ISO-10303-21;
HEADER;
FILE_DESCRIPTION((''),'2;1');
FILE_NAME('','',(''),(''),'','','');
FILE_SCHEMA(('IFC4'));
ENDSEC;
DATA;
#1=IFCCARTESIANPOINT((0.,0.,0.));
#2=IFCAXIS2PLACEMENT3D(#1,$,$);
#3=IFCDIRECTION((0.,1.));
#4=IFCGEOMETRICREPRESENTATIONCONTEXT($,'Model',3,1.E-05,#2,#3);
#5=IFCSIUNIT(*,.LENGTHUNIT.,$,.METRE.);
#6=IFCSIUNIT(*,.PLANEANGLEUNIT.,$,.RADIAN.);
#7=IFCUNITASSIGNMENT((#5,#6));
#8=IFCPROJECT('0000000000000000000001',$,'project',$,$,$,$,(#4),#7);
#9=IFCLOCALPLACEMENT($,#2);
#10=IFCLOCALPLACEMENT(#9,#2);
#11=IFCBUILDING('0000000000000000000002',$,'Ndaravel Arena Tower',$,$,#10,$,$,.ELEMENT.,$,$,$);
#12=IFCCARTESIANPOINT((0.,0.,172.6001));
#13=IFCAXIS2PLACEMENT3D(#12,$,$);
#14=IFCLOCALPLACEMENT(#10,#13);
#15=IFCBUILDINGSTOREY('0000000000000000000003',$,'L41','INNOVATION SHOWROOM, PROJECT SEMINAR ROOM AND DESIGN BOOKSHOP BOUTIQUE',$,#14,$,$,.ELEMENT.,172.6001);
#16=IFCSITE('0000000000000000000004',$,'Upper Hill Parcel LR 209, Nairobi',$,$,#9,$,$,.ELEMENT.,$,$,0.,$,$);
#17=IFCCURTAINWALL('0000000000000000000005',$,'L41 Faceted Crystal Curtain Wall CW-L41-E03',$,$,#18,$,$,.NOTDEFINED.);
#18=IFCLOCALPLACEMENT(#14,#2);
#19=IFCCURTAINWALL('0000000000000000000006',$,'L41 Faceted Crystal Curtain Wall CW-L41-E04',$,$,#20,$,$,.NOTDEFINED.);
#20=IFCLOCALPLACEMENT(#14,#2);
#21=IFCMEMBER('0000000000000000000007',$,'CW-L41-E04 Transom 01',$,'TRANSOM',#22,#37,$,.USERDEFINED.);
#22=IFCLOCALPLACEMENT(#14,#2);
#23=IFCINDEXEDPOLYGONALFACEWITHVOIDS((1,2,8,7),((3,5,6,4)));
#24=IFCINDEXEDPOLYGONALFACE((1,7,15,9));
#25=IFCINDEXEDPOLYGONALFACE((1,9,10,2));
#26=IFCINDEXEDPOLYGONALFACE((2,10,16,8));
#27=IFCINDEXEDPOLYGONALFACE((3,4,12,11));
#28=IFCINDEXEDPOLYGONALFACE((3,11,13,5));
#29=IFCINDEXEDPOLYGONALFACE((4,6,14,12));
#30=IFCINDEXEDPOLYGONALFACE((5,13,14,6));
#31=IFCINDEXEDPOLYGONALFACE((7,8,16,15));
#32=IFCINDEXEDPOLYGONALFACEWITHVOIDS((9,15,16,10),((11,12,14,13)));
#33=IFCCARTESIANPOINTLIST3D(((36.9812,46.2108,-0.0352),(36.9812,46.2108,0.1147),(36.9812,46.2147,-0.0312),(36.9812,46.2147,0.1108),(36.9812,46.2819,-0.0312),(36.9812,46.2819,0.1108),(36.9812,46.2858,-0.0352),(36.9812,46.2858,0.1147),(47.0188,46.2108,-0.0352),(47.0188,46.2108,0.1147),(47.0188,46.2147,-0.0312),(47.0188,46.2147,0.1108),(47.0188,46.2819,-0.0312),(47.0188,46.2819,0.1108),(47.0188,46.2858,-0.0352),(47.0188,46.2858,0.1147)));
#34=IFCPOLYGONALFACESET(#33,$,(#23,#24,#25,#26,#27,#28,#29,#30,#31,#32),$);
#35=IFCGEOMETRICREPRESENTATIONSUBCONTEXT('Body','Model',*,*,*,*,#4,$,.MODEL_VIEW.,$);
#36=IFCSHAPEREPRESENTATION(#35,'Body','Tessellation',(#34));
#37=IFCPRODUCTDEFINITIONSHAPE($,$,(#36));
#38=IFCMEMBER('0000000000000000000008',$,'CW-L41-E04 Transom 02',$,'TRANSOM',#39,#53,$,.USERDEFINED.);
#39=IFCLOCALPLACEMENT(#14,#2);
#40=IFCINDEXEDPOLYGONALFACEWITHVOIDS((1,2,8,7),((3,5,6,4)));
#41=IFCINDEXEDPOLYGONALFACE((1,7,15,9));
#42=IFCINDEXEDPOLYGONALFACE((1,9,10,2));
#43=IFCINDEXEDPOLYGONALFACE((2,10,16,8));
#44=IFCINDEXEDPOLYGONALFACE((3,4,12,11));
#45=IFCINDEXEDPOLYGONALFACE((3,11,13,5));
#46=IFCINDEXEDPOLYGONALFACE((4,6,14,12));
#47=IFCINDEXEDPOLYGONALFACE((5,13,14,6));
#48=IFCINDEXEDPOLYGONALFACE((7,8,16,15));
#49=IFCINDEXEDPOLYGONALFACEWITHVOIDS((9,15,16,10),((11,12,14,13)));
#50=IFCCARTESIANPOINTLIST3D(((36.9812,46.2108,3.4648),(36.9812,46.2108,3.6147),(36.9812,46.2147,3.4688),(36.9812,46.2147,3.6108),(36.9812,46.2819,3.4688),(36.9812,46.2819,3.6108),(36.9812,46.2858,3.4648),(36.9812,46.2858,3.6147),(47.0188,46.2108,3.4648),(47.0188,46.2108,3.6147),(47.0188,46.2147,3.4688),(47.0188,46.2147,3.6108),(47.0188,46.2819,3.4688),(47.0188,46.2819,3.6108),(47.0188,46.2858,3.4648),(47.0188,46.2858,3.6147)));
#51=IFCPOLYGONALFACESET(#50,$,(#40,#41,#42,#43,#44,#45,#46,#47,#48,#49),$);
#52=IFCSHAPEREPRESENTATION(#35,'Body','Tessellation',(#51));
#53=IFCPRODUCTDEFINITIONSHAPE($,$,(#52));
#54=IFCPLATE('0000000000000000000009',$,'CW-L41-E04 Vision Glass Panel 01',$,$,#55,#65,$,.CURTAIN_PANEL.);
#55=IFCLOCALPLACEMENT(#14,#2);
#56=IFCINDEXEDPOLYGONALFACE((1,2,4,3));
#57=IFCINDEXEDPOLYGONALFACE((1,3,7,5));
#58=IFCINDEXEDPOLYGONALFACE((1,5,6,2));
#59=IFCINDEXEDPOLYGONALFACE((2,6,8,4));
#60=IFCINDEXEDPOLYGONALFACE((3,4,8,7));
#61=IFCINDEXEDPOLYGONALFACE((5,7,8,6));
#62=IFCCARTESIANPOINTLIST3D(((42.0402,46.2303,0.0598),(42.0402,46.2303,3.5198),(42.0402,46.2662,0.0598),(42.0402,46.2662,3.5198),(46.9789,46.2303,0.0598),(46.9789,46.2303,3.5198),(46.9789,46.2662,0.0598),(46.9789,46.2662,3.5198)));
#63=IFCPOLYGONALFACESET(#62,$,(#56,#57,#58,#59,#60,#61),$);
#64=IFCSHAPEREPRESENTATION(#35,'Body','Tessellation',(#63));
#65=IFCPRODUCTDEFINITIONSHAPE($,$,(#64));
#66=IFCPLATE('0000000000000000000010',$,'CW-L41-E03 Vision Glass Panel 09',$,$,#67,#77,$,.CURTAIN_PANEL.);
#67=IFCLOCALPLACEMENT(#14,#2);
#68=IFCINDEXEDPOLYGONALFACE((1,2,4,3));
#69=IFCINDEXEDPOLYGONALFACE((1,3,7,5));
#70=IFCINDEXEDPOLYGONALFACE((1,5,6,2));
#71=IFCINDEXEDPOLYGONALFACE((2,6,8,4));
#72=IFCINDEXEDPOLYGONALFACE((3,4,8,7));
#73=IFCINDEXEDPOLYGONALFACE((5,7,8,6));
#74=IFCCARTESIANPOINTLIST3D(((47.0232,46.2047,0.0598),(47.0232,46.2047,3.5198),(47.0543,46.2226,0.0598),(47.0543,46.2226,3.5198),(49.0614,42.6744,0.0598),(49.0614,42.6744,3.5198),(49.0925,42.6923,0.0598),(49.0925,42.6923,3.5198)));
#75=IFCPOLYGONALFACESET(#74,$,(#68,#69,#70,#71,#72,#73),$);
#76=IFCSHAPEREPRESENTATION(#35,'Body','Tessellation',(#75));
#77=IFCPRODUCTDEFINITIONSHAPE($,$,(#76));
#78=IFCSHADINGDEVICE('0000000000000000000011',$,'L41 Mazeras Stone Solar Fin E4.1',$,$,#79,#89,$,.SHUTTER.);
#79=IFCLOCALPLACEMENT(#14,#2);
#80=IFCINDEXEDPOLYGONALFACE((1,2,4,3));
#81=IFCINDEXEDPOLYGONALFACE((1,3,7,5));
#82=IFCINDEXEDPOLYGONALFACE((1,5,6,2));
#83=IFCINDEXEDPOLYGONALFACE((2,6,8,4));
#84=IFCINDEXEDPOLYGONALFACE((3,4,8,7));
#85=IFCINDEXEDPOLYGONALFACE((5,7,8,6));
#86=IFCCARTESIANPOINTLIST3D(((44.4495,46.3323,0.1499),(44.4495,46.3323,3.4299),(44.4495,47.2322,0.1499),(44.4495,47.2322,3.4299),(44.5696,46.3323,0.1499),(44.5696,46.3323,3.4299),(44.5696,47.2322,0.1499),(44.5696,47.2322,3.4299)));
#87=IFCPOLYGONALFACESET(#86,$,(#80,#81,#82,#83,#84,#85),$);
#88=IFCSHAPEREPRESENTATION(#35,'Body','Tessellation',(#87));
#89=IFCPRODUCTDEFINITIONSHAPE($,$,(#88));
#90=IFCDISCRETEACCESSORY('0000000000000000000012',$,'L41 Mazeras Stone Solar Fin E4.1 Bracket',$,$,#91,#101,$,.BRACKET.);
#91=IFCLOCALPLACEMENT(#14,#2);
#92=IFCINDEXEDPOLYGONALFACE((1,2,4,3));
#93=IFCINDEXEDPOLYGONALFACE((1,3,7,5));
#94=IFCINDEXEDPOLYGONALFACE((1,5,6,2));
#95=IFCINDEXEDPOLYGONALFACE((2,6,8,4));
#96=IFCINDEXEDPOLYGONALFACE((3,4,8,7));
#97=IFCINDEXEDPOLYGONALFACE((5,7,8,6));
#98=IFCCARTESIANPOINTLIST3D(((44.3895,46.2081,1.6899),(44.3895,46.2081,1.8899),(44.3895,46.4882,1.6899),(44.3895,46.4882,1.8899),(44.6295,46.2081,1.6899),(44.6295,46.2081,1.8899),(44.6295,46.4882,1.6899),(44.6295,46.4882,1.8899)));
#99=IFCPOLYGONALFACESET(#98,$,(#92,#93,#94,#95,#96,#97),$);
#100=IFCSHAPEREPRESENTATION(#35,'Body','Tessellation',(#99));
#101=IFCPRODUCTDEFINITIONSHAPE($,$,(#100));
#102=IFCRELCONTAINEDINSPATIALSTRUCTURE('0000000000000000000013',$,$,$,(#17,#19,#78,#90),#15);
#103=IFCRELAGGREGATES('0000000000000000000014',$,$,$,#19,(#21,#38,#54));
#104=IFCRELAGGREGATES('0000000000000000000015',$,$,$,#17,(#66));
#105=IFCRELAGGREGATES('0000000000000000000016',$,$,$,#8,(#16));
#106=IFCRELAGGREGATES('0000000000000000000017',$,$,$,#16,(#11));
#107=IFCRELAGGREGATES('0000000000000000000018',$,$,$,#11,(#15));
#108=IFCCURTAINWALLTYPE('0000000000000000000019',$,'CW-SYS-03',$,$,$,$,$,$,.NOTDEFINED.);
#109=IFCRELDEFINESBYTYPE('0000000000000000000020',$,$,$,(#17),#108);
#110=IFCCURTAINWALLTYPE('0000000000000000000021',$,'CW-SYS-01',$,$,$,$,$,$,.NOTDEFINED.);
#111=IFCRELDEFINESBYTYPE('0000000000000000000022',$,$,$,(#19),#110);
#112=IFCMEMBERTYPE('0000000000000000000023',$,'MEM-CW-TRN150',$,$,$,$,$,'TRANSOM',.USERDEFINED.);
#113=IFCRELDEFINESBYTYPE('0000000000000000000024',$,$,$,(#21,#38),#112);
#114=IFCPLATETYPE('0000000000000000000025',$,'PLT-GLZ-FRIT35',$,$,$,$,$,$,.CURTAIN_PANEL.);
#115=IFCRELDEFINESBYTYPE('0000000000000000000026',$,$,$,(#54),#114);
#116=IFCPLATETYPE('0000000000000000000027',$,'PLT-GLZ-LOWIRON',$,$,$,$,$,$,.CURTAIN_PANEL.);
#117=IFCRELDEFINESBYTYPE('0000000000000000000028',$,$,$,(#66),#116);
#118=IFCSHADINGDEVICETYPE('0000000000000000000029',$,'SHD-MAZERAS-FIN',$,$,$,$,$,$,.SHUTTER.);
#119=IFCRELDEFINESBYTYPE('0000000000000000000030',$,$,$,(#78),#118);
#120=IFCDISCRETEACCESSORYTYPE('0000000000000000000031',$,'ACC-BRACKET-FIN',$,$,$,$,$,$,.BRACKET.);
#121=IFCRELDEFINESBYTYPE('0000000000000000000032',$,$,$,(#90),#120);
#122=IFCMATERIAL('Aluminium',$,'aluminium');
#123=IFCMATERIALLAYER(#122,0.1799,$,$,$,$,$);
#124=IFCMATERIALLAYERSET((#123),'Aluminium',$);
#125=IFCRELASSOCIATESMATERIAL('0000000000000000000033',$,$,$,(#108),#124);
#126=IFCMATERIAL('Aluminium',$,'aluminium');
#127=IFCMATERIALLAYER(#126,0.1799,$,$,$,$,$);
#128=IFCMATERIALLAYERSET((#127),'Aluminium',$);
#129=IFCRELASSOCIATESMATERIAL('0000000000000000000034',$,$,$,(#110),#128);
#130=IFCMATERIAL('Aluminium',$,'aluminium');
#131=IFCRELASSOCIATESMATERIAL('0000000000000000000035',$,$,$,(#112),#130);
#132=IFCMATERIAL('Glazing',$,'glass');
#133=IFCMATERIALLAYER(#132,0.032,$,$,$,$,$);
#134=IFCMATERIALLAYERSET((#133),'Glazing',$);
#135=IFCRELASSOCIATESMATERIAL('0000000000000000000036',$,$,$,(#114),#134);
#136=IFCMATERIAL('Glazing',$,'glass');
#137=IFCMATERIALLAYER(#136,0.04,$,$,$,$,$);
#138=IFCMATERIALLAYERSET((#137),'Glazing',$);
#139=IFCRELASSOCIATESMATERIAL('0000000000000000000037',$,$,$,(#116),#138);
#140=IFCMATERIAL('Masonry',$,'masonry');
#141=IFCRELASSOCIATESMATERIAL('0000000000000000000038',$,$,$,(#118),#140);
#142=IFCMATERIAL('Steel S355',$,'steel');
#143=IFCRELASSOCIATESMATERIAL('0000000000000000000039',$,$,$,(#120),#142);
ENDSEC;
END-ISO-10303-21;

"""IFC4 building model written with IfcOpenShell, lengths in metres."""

from ifc_helpers import new_model, si_unit, direction, frame, origin, origin_2d, place, context, subcontext, project, spatial, rectangle, hollow_rectangle, extrude, material, layer, layer_set, material_profile, profile_set, type_object, element, aggregate, save


model = new_model("IFC4")

# Units and contexts
model_context = context("Model", 3, precision=1e-05, world=origin(), true_north=direction((0.0, 1.0)))
body_context = subcontext(model_context, "Body", "Model", "MODEL_VIEW")
ifc_project = project(units=[si_unit("LENGTHUNIT", "METRE"), si_unit("PLANEANGLEUNIT", "RADIAN")], contexts=[model_context])

# Site, building, storey
site_placement = place(None, origin())
site = spatial("IfcSite", under=ifc_project, at=site_placement, Name="Upper Hill Parcel LR 209, Nairobi", CompositionType="ELEMENT", RefElevation=0.0)
building_placement = place(site_placement, origin())
building = spatial("IfcBuilding", under=site, at=building_placement, Name="Ndaravel Arena Tower", CompositionType="ELEMENT")
storey_placement = place(building_placement, frame((0.0, 0.0, 172.6001)))
storey = spatial("IfcBuildingStorey", under=building, at=storey_placement, Name="L41", Description="INNOVATION SHOWROOM, PROJECT SEMINAR ROOM AND DESIGN BOOKSHOP BOUTIQUE", CompositionType="ELEMENT", Elevation=172.6001)

# Curtain wall
ifc_material_1 = material(Name="Aluminium", Category="aluminium")
ifc_layer_1 = layer(ifc_material_1, 0.1799)
ifc_layer_set_1 = layer_set([ifc_layer_1], Name="Aluminium")
curtain_wall_type_1 = type_object("IfcCurtainWallType", Name="CW-SYS-03", PredefinedType="NOTDEFINED", material=ifc_layer_set_1)
curtain_wall_1_placement = place(storey_placement, origin())
curtain_wall_1 = element("IfcCurtainWall", 1, at=curtain_wall_1_placement, inside=storey, type_object=curtain_wall_type_1, Name="L41 Faceted Crystal Curtain Wall CW-L41-E03", PredefinedType="NOTDEFINED")

# Curtain wall, members, plate
ifc_material_2 = material(Name="Aluminium", Category="aluminium")
ifc_layer_2 = layer(ifc_material_2, 0.1799)
ifc_layer_set_2 = layer_set([ifc_layer_2], Name="Aluminium")
curtain_wall_type_2 = type_object("IfcCurtainWallType", Name="CW-SYS-01", PredefinedType="NOTDEFINED", material=ifc_layer_set_2)
curtain_wall_2_placement = place(storey_placement, origin())
curtain_wall_2 = element("IfcCurtainWall", 2, at=curtain_wall_2_placement, inside=storey, type_object=curtain_wall_type_2, Name="L41 Faceted Crystal Curtain Wall CW-L41-E04", PredefinedType="NOTDEFINED")
ifc_material_3 = material(Name="Aluminium", Category="aluminium")
ifc_material_profile_1 = material_profile(ifc_material_3, hollow_rectangle(XDim=0.075, YDim=0.1499, WallThickness=0.0039, at=origin_2d()), Name="CW TRANSOM 75x150x4")
ifc_profile_set_1 = profile_set([ifc_material_profile_1], Name="Aluminium")
member_type_1 = type_object("IfcMemberType", Name="MEM-CW-TRN150", ElementType="TRANSOM", PredefinedType="USERDEFINED", material=ifc_profile_set_1)
member_1_placement = place(storey_placement, frame((47.0188, 46.2483, 0.0398), z_axis=(-1.0, 0.0, 0.0), x_axis=(0.0, -1.0, 0.0)))
member_1 = element("IfcMember", 3, at=member_1_placement, type_object=member_type_1, Name="CW-L41-E04 Transom 01", ObjectType="TRANSOM", PredefinedType="USERDEFINED", context=body_context, shape_type="SweptSolid", body=[
    extrude(hollow_rectangle(XDim=0.075, YDim=0.1499, WallThickness=0.0039, at=origin_2d()), origin(), (0.0, 0.0, 1.0), 10.0376),
])
member_2_placement = place(storey_placement, frame((47.0188, 46.2483, 3.5398), z_axis=(-1.0, 0.0, 0.0), x_axis=(0.0, -1.0, 0.0)))
member_2 = element("IfcMember", 4, at=member_2_placement, type_object=member_type_1, Name="CW-L41-E04 Transom 02", ObjectType="TRANSOM", PredefinedType="USERDEFINED", context=body_context, shape_type="SweptSolid", body=[
    extrude(hollow_rectangle(XDim=0.075, YDim=0.1499, WallThickness=0.0039, at=origin_2d()), origin(), (0.0, 0.0, 1.0), 10.0376),
])
ifc_material_4 = material(Name="Glazing", Category="glass")
ifc_layer_3 = layer(ifc_material_4, 0.032)
ifc_layer_set_3 = layer_set([ifc_layer_3], Name="Glazing")
plate_type_1 = type_object("IfcPlateType", Name="PLT-GLZ-FRIT35", PredefinedType="CURTAIN_PANEL", material=ifc_layer_set_3)
plate_1_placement = place(storey_placement, frame((44.5095, 46.2483, 0.0598), z_axis=(0.0, 0.0, 1.0), x_axis=(-1.0, 0.0, 0.0)))
plate_1 = element("IfcPlate", 5, at=plate_1_placement, type_object=plate_type_1, Name="CW-L41-E04 Vision Glass Panel 01", PredefinedType="CURTAIN_PANEL", context=body_context, shape_type="SweptSolid", body=[
    extrude(rectangle(XDim=4.9387, YDim=0.0359, at=origin_2d()), origin(), (0.0, 0.0, 1.0), 3.46),
])
aggregate(curtain_wall_2, [member_1, member_2, plate_1])

# Plate
ifc_material_5 = material(Name="Glazing", Category="glass")
ifc_layer_4 = layer(ifc_material_5, 0.04)
ifc_layer_set_4 = layer_set([ifc_layer_4], Name="Glazing")
plate_type_2 = type_object("IfcPlateType", Name="PLT-GLZ-LOWIRON", PredefinedType="CURTAIN_PANEL", material=ifc_layer_set_4)
plate_2_placement = place(storey_placement, frame((48.0579, 44.4485, 0.0598), z_axis=(0.0, 0.0, 1.0), x_axis=(-0.5, 0.866025, 0.0)))
plate_2 = element("IfcPlate", 6, at=plate_2_placement, type_object=plate_type_2, Name="CW-L41-E03 Vision Glass Panel 09", PredefinedType="CURTAIN_PANEL", context=body_context, shape_type="SweptSolid", body=[
    extrude(rectangle(XDim=4.0764, YDim=0.0359, at=origin_2d()), origin(), (0.0, 0.0, 1.0), 3.46),
])
aggregate(curtain_wall_1, [plate_2])

# Shading device
ifc_material_6 = material(Name="Masonry", Category="masonry")
shading_device_type = type_object("IfcShadingDeviceType", Name="SHD-MAZERAS-FIN", PredefinedType="SHUTTER", material=ifc_material_6)
shading_device_placement = place(storey_placement, frame((44.5095, 46.7822, 0.1499), z_axis=(0.0, 0.0, 1.0), x_axis=(0.0, 1.0, 0.0)))
element("IfcShadingDevice", 7, at=shading_device_placement, inside=storey, type_object=shading_device_type, Name="L41 Mazeras Stone Solar Fin E4.1", PredefinedType="SHUTTER", context=body_context, shape_type="SweptSolid", body=[
    extrude(rectangle(XDim=0.8999, YDim=0.1201, at=origin_2d()), origin(), (0.0, 0.0, 1.0), 3.28),
])

# Discrete accessory
ifc_material_7 = material(Name="Steel S355", Category="steel")
discrete_accessory_type = type_object("IfcDiscreteAccessoryType", Name="ACC-BRACKET-FIN", PredefinedType="BRACKET", material=ifc_material_7)
discrete_accessory_placement = place(storey_placement, frame((44.5095, 46.3481, 1.6899), z_axis=(0.0, 0.0, 1.0), x_axis=(0.0, 1.0, 0.0)))
element("IfcDiscreteAccessory", 8, at=discrete_accessory_placement, inside=storey, type_object=discrete_accessory_type, Name="L41 Mazeras Stone Solar Fin E4.1 Bracket", PredefinedType="BRACKET", context=body_context, shape_type="SweptSolid", body=[
    extrude(rectangle(XDim=0.28, YDim=0.24, at=origin_2d()), origin(), (0.0, 0.0, 1.0), 0.2),
])

save(model, "model.ifc")
